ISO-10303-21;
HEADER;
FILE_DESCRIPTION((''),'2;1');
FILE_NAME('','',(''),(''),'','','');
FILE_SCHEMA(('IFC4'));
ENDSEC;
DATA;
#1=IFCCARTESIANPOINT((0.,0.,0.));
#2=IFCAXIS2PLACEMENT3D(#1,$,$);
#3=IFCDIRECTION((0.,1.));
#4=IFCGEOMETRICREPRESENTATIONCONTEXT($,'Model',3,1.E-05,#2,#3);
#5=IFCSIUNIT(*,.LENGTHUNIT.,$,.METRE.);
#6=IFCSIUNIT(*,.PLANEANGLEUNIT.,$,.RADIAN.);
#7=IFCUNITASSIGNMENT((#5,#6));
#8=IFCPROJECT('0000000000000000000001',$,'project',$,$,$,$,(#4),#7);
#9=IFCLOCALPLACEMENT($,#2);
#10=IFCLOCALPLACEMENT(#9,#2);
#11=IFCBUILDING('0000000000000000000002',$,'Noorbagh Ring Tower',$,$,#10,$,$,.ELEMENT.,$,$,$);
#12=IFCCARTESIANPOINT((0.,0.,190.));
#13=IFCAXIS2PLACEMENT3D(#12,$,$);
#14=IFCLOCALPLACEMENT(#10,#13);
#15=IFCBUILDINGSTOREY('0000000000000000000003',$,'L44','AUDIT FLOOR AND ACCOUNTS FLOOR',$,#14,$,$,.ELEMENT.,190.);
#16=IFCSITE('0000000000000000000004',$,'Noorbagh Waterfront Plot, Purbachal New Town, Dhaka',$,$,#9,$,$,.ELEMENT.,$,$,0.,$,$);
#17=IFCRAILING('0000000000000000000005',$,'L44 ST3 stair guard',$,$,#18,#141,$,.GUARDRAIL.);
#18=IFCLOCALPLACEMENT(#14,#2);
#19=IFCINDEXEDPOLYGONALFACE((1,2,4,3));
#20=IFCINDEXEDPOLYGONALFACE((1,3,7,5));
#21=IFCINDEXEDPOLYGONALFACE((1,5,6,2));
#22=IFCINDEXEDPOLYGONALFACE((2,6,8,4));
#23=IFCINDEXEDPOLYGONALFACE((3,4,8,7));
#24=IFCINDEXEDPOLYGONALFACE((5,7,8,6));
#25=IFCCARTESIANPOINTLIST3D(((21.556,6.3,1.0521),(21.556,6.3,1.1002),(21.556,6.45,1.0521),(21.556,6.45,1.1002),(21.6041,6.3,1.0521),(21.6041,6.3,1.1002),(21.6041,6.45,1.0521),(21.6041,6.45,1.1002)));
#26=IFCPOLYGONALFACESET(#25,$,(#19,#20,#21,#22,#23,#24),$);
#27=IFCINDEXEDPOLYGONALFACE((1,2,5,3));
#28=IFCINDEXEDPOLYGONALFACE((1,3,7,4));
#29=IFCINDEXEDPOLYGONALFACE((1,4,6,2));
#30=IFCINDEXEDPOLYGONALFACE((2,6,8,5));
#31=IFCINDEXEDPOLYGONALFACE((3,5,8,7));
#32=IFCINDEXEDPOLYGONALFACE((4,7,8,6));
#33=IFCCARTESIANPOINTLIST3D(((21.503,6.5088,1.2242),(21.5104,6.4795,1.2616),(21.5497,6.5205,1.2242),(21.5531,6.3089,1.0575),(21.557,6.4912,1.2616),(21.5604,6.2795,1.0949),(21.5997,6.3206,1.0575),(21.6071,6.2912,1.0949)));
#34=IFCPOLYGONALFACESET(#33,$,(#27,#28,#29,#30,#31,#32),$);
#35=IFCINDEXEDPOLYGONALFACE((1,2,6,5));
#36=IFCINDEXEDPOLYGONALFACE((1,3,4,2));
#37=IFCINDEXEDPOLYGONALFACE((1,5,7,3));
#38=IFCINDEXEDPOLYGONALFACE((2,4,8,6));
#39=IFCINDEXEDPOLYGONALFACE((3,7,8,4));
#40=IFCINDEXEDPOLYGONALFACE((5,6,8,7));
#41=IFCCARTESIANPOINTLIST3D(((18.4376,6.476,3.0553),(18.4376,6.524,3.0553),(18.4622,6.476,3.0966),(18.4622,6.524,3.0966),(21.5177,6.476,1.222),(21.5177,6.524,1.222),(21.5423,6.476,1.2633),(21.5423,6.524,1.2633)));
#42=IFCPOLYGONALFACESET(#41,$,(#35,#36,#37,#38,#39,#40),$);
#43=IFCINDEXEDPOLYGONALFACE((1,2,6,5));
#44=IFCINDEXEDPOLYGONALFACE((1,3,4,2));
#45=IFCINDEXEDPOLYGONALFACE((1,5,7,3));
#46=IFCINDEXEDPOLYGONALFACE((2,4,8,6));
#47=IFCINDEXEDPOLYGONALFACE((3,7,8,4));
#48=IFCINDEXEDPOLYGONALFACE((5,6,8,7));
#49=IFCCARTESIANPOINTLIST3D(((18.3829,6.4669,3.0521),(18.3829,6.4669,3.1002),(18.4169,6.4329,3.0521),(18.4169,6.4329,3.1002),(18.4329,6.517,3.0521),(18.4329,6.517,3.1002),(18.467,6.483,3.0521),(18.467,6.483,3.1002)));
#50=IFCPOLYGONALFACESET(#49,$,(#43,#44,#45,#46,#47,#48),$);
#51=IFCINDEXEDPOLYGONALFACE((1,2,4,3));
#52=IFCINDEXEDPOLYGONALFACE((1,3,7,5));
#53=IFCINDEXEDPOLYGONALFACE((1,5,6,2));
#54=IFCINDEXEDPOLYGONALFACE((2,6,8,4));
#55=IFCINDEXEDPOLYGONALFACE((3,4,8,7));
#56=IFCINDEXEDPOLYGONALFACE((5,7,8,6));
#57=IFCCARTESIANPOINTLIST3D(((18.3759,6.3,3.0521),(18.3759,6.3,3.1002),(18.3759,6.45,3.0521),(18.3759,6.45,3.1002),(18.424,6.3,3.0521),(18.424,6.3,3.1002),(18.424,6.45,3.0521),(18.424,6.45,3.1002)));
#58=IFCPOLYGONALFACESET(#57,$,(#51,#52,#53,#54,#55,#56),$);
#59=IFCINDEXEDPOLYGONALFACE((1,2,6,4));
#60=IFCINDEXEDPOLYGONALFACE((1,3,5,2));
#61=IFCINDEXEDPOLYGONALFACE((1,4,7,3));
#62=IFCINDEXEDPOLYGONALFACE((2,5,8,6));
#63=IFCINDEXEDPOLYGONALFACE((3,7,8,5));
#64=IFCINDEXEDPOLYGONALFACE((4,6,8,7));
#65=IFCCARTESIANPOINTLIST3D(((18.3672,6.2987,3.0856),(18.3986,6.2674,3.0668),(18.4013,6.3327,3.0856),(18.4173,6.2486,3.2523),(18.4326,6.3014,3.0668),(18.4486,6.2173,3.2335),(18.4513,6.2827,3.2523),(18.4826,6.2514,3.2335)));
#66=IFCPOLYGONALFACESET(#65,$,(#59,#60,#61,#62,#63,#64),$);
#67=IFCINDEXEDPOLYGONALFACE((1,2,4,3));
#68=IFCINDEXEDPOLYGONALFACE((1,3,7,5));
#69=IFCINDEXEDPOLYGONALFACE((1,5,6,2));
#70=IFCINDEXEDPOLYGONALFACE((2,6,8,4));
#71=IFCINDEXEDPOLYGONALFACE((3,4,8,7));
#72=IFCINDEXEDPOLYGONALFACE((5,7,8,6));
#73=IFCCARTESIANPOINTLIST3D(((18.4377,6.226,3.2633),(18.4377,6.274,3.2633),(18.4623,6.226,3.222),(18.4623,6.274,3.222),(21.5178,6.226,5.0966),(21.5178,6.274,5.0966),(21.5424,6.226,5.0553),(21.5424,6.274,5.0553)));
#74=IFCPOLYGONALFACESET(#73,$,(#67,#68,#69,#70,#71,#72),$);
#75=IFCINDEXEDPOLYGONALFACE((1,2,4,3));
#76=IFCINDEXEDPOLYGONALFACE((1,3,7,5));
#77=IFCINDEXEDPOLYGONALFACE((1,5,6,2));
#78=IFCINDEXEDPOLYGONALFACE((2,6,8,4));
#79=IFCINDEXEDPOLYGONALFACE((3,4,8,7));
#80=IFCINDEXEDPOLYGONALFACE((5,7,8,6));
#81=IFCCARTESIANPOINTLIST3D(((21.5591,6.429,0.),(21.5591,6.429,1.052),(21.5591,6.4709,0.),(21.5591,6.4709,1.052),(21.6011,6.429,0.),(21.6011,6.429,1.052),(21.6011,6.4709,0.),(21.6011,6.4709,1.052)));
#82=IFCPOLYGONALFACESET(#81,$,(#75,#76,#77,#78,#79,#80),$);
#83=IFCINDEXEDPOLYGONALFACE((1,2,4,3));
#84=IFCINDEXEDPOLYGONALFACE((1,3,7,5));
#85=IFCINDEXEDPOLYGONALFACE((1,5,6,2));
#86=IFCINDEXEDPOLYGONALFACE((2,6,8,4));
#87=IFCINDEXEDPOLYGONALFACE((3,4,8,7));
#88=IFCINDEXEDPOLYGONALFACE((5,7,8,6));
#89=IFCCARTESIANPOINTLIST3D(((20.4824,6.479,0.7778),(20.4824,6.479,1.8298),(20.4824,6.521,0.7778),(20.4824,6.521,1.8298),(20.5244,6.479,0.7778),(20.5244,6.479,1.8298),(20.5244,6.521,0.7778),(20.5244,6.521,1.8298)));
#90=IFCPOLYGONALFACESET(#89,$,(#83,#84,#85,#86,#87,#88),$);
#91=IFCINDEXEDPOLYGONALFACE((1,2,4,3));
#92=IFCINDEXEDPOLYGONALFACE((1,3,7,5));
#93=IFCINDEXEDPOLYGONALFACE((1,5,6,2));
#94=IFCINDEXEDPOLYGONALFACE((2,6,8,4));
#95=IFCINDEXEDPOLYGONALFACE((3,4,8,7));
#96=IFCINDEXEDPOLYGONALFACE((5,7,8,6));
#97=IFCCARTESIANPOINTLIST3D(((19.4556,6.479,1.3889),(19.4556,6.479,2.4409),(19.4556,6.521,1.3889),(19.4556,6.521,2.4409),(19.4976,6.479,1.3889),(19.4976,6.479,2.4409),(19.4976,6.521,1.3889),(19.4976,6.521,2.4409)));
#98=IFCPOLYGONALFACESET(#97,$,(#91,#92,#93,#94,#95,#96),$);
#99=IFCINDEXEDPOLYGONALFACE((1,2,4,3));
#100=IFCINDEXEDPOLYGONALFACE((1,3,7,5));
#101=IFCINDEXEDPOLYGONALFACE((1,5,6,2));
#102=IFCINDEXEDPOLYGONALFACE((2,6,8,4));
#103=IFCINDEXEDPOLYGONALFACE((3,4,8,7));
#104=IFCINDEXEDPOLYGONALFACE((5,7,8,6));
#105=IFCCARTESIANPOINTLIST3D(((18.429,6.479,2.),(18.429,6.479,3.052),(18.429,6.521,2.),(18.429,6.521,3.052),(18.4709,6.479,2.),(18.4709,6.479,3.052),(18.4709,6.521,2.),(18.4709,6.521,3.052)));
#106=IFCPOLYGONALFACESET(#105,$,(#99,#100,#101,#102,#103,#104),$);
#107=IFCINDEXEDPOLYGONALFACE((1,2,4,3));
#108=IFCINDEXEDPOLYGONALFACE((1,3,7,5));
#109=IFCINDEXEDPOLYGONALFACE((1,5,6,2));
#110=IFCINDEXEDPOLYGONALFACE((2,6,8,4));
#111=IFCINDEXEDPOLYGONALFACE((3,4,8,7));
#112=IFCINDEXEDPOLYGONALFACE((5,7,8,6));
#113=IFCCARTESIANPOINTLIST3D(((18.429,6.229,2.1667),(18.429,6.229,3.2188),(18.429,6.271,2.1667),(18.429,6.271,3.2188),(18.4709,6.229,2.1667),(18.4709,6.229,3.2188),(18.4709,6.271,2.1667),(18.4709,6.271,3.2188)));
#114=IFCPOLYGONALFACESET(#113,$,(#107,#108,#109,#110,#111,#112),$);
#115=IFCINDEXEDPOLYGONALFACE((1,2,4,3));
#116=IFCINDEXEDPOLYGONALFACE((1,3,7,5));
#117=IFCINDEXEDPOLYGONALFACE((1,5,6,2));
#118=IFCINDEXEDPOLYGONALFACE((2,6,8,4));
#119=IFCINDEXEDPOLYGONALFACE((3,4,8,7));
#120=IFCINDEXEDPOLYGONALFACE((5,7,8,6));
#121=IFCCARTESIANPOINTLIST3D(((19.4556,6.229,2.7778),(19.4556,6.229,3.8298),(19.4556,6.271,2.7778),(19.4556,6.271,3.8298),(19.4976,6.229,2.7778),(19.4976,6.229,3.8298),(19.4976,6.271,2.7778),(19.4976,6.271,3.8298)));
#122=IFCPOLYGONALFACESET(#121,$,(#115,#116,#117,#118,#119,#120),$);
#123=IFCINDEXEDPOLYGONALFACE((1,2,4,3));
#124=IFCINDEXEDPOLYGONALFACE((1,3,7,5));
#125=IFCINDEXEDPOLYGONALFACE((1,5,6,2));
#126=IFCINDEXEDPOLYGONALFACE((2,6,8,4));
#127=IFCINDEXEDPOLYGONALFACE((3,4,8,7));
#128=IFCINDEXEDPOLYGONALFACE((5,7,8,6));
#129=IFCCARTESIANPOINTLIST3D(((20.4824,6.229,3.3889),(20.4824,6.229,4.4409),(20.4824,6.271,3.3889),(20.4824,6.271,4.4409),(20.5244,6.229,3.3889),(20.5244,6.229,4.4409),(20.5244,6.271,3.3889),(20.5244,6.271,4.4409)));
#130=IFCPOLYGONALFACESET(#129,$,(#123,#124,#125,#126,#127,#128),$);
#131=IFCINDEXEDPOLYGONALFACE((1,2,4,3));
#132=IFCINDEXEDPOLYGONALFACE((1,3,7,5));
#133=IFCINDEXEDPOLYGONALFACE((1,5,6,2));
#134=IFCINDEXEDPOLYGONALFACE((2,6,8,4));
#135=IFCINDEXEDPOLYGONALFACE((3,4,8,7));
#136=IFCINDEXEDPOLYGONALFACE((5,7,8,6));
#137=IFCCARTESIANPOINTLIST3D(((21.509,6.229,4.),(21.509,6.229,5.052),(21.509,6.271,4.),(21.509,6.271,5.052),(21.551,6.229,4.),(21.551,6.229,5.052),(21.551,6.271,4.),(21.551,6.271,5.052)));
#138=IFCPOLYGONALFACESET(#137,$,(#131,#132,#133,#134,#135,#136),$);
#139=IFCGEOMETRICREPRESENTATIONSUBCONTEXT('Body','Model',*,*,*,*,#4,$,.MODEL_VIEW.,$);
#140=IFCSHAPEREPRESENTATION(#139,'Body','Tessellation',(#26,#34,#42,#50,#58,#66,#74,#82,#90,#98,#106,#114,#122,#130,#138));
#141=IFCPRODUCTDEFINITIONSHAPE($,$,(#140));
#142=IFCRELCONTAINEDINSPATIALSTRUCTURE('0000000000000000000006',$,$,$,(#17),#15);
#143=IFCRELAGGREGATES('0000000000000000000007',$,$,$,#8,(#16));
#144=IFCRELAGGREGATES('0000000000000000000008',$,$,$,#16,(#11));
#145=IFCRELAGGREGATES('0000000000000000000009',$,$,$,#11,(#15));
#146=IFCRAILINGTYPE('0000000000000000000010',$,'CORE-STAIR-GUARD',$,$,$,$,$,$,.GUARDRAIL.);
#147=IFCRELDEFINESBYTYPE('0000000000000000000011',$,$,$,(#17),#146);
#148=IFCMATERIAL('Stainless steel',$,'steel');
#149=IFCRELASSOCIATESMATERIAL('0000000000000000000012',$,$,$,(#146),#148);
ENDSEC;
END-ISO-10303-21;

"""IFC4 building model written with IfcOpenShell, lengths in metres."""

from ifc_helpers import new_model, si_unit, direction, frame, origin, origin_2d, place, context, subcontext, project, spatial, rectangle, extrude, material, type_object, element, save


model = new_model("IFC4")

# Units and contexts
model_context = context("Model", 3, precision=1e-05, world=origin(), true_north=direction((0.0, 1.0)))
body_context = subcontext(model_context, "Body", "Model", "MODEL_VIEW")
ifc_project = project(units=[si_unit("LENGTHUNIT", "METRE"), si_unit("PLANEANGLEUNIT", "RADIAN")], contexts=[model_context])

# Site, building, storey
site_placement = place(None, origin())
site = spatial("IfcSite", under=ifc_project, at=site_placement, Name="Noorbagh Waterfront Plot, Purbachal New Town, Dhaka", CompositionType="ELEMENT", RefElevation=0.0)
building_placement = place(site_placement, origin())
building = spatial("IfcBuilding", under=site, at=building_placement, Name="Noorbagh Ring Tower", CompositionType="ELEMENT")
storey_placement = place(building_placement, frame((0.0, 0.0, 190.0)))
storey = spatial("IfcBuildingStorey", under=building, at=storey_placement, Name="L44", Description="AUDIT FLOOR AND ACCOUNTS FLOOR", CompositionType="ELEMENT", Elevation=190.0)

# Railing
ifc_material_1 = material(Name="Stainless steel", Category="steel")
railing_type_1 = type_object("IfcRailingType", Name="CORE-STAIR-GUARD", PredefinedType="GUARDRAIL", material=ifc_material_1)
railing_1_placement = place(storey_placement, frame((21.5801, 6.45, 0.0)))
element("IfcRailing", 1, at=railing_1_placement, inside=storey, type_object=railing_type_1, Name="L44 ST3 stair guard", PredefinedType="GUARDRAIL", context=body_context, shape_type="SweptSolid", body=[
    extrude(rectangle(XDim=0.0481, YDim=0.0481, at=origin_2d()), frame((0.0, 0.0, 1.0762), z_axis=(0.0, -1.0, 0.0), x_axis=(1.0, 0.0, 0.0)), (0.0, 0.0, 1.0), 0.1499),
    extrude(rectangle(XDim=0.0481, YDim=0.0481, at=origin_2d()), frame((0.0, -0.1499, 1.0762), z_axis=(-0.188776, 0.754182, 0.628946), x_axis=(-0.970073, -0.242814, 0.0)), (0.0, 0.0, 1.0), 0.2651),
    extrude(rectangle(XDim=0.0481, YDim=0.0481, at=origin_2d()), frame((-0.05, 0.05, 1.2427), z_axis=(-0.859309, 0.0, 0.511458), x_axis=(0.0, -1.0, 0.0)), (0.0, 0.0, 1.0), 3.5845),
    extrude(rectangle(XDim=0.0481, YDim=0.0481, at=origin_2d()), frame((-3.1301, 0.05, 3.0762), z_axis=(-0.707107, -0.707107, 0.0), x_axis=(0.707107, -0.707107, 0.0)), (0.0, 0.0, 1.0), 0.0708),
    extrude(rectangle(XDim=0.0481, YDim=0.0481, at=origin_2d()), frame((-3.1802, 0.0, 3.0762), z_axis=(0.0, -1.0, 0.0), x_axis=(1.0, 0.0, 0.0)), (0.0, 0.0, 1.0), 0.1499),
    extrude(rectangle(XDim=0.0481, YDim=0.0481, at=origin_2d()), frame((-3.1802, -0.1499, 3.0762), z_axis=(0.276287, -0.276287, 0.920506), x_axis=(0.707107, 0.707107, 0.0)), (0.0, 0.0, 1.0), 0.1812),
    extrude(rectangle(XDim=0.0481, YDim=0.0481, at=origin_2d()), frame((-3.1301, -0.2, 3.2427), z_axis=(0.859309, 0.0, 0.511458), x_axis=(0.0, 1.0, 0.0)), (0.0, 0.0, 1.0), 3.5845),
    extrude(rectangle(XDim=0.042, YDim=0.042, at=origin_2d()), origin(), (0.0, 0.0, 1.0), 1.052),
    extrude(rectangle(XDim=0.042, YDim=0.042, at=origin_2d()), frame((-1.0767, 0.05, 0.7778)), (0.0, 0.0, 1.0), 1.052),
    extrude(rectangle(XDim=0.042, YDim=0.042, at=origin_2d()), frame((-2.1035, 0.05, 1.3889)), (0.0, 0.0, 1.0), 1.052),
    extrude(rectangle(XDim=0.042, YDim=0.042, at=origin_2d()), frame((-3.1301, 0.05, 2.0)), (0.0, 0.0, 1.0), 1.052),
    extrude(rectangle(XDim=0.042, YDim=0.042, at=origin_2d()), frame((-3.1301, -0.2, 2.1667)), (0.0, 0.0, 1.0), 1.052),
    extrude(rectangle(XDim=0.042, YDim=0.042, at=origin_2d()), frame((-2.1035, -0.2, 2.7778)), (0.0, 0.0, 1.0), 1.052),
    extrude(rectangle(XDim=0.042, YDim=0.042, at=origin_2d()), frame((-1.0767, -0.2, 3.3889)), (0.0, 0.0, 1.0), 1.052),
    extrude(rectangle(XDim=0.042, YDim=0.042, at=origin_2d()), frame((-0.05, -0.2, 4.0)), (0.0, 0.0, 1.0), 1.052),
])

save(model, "model.ifc")
